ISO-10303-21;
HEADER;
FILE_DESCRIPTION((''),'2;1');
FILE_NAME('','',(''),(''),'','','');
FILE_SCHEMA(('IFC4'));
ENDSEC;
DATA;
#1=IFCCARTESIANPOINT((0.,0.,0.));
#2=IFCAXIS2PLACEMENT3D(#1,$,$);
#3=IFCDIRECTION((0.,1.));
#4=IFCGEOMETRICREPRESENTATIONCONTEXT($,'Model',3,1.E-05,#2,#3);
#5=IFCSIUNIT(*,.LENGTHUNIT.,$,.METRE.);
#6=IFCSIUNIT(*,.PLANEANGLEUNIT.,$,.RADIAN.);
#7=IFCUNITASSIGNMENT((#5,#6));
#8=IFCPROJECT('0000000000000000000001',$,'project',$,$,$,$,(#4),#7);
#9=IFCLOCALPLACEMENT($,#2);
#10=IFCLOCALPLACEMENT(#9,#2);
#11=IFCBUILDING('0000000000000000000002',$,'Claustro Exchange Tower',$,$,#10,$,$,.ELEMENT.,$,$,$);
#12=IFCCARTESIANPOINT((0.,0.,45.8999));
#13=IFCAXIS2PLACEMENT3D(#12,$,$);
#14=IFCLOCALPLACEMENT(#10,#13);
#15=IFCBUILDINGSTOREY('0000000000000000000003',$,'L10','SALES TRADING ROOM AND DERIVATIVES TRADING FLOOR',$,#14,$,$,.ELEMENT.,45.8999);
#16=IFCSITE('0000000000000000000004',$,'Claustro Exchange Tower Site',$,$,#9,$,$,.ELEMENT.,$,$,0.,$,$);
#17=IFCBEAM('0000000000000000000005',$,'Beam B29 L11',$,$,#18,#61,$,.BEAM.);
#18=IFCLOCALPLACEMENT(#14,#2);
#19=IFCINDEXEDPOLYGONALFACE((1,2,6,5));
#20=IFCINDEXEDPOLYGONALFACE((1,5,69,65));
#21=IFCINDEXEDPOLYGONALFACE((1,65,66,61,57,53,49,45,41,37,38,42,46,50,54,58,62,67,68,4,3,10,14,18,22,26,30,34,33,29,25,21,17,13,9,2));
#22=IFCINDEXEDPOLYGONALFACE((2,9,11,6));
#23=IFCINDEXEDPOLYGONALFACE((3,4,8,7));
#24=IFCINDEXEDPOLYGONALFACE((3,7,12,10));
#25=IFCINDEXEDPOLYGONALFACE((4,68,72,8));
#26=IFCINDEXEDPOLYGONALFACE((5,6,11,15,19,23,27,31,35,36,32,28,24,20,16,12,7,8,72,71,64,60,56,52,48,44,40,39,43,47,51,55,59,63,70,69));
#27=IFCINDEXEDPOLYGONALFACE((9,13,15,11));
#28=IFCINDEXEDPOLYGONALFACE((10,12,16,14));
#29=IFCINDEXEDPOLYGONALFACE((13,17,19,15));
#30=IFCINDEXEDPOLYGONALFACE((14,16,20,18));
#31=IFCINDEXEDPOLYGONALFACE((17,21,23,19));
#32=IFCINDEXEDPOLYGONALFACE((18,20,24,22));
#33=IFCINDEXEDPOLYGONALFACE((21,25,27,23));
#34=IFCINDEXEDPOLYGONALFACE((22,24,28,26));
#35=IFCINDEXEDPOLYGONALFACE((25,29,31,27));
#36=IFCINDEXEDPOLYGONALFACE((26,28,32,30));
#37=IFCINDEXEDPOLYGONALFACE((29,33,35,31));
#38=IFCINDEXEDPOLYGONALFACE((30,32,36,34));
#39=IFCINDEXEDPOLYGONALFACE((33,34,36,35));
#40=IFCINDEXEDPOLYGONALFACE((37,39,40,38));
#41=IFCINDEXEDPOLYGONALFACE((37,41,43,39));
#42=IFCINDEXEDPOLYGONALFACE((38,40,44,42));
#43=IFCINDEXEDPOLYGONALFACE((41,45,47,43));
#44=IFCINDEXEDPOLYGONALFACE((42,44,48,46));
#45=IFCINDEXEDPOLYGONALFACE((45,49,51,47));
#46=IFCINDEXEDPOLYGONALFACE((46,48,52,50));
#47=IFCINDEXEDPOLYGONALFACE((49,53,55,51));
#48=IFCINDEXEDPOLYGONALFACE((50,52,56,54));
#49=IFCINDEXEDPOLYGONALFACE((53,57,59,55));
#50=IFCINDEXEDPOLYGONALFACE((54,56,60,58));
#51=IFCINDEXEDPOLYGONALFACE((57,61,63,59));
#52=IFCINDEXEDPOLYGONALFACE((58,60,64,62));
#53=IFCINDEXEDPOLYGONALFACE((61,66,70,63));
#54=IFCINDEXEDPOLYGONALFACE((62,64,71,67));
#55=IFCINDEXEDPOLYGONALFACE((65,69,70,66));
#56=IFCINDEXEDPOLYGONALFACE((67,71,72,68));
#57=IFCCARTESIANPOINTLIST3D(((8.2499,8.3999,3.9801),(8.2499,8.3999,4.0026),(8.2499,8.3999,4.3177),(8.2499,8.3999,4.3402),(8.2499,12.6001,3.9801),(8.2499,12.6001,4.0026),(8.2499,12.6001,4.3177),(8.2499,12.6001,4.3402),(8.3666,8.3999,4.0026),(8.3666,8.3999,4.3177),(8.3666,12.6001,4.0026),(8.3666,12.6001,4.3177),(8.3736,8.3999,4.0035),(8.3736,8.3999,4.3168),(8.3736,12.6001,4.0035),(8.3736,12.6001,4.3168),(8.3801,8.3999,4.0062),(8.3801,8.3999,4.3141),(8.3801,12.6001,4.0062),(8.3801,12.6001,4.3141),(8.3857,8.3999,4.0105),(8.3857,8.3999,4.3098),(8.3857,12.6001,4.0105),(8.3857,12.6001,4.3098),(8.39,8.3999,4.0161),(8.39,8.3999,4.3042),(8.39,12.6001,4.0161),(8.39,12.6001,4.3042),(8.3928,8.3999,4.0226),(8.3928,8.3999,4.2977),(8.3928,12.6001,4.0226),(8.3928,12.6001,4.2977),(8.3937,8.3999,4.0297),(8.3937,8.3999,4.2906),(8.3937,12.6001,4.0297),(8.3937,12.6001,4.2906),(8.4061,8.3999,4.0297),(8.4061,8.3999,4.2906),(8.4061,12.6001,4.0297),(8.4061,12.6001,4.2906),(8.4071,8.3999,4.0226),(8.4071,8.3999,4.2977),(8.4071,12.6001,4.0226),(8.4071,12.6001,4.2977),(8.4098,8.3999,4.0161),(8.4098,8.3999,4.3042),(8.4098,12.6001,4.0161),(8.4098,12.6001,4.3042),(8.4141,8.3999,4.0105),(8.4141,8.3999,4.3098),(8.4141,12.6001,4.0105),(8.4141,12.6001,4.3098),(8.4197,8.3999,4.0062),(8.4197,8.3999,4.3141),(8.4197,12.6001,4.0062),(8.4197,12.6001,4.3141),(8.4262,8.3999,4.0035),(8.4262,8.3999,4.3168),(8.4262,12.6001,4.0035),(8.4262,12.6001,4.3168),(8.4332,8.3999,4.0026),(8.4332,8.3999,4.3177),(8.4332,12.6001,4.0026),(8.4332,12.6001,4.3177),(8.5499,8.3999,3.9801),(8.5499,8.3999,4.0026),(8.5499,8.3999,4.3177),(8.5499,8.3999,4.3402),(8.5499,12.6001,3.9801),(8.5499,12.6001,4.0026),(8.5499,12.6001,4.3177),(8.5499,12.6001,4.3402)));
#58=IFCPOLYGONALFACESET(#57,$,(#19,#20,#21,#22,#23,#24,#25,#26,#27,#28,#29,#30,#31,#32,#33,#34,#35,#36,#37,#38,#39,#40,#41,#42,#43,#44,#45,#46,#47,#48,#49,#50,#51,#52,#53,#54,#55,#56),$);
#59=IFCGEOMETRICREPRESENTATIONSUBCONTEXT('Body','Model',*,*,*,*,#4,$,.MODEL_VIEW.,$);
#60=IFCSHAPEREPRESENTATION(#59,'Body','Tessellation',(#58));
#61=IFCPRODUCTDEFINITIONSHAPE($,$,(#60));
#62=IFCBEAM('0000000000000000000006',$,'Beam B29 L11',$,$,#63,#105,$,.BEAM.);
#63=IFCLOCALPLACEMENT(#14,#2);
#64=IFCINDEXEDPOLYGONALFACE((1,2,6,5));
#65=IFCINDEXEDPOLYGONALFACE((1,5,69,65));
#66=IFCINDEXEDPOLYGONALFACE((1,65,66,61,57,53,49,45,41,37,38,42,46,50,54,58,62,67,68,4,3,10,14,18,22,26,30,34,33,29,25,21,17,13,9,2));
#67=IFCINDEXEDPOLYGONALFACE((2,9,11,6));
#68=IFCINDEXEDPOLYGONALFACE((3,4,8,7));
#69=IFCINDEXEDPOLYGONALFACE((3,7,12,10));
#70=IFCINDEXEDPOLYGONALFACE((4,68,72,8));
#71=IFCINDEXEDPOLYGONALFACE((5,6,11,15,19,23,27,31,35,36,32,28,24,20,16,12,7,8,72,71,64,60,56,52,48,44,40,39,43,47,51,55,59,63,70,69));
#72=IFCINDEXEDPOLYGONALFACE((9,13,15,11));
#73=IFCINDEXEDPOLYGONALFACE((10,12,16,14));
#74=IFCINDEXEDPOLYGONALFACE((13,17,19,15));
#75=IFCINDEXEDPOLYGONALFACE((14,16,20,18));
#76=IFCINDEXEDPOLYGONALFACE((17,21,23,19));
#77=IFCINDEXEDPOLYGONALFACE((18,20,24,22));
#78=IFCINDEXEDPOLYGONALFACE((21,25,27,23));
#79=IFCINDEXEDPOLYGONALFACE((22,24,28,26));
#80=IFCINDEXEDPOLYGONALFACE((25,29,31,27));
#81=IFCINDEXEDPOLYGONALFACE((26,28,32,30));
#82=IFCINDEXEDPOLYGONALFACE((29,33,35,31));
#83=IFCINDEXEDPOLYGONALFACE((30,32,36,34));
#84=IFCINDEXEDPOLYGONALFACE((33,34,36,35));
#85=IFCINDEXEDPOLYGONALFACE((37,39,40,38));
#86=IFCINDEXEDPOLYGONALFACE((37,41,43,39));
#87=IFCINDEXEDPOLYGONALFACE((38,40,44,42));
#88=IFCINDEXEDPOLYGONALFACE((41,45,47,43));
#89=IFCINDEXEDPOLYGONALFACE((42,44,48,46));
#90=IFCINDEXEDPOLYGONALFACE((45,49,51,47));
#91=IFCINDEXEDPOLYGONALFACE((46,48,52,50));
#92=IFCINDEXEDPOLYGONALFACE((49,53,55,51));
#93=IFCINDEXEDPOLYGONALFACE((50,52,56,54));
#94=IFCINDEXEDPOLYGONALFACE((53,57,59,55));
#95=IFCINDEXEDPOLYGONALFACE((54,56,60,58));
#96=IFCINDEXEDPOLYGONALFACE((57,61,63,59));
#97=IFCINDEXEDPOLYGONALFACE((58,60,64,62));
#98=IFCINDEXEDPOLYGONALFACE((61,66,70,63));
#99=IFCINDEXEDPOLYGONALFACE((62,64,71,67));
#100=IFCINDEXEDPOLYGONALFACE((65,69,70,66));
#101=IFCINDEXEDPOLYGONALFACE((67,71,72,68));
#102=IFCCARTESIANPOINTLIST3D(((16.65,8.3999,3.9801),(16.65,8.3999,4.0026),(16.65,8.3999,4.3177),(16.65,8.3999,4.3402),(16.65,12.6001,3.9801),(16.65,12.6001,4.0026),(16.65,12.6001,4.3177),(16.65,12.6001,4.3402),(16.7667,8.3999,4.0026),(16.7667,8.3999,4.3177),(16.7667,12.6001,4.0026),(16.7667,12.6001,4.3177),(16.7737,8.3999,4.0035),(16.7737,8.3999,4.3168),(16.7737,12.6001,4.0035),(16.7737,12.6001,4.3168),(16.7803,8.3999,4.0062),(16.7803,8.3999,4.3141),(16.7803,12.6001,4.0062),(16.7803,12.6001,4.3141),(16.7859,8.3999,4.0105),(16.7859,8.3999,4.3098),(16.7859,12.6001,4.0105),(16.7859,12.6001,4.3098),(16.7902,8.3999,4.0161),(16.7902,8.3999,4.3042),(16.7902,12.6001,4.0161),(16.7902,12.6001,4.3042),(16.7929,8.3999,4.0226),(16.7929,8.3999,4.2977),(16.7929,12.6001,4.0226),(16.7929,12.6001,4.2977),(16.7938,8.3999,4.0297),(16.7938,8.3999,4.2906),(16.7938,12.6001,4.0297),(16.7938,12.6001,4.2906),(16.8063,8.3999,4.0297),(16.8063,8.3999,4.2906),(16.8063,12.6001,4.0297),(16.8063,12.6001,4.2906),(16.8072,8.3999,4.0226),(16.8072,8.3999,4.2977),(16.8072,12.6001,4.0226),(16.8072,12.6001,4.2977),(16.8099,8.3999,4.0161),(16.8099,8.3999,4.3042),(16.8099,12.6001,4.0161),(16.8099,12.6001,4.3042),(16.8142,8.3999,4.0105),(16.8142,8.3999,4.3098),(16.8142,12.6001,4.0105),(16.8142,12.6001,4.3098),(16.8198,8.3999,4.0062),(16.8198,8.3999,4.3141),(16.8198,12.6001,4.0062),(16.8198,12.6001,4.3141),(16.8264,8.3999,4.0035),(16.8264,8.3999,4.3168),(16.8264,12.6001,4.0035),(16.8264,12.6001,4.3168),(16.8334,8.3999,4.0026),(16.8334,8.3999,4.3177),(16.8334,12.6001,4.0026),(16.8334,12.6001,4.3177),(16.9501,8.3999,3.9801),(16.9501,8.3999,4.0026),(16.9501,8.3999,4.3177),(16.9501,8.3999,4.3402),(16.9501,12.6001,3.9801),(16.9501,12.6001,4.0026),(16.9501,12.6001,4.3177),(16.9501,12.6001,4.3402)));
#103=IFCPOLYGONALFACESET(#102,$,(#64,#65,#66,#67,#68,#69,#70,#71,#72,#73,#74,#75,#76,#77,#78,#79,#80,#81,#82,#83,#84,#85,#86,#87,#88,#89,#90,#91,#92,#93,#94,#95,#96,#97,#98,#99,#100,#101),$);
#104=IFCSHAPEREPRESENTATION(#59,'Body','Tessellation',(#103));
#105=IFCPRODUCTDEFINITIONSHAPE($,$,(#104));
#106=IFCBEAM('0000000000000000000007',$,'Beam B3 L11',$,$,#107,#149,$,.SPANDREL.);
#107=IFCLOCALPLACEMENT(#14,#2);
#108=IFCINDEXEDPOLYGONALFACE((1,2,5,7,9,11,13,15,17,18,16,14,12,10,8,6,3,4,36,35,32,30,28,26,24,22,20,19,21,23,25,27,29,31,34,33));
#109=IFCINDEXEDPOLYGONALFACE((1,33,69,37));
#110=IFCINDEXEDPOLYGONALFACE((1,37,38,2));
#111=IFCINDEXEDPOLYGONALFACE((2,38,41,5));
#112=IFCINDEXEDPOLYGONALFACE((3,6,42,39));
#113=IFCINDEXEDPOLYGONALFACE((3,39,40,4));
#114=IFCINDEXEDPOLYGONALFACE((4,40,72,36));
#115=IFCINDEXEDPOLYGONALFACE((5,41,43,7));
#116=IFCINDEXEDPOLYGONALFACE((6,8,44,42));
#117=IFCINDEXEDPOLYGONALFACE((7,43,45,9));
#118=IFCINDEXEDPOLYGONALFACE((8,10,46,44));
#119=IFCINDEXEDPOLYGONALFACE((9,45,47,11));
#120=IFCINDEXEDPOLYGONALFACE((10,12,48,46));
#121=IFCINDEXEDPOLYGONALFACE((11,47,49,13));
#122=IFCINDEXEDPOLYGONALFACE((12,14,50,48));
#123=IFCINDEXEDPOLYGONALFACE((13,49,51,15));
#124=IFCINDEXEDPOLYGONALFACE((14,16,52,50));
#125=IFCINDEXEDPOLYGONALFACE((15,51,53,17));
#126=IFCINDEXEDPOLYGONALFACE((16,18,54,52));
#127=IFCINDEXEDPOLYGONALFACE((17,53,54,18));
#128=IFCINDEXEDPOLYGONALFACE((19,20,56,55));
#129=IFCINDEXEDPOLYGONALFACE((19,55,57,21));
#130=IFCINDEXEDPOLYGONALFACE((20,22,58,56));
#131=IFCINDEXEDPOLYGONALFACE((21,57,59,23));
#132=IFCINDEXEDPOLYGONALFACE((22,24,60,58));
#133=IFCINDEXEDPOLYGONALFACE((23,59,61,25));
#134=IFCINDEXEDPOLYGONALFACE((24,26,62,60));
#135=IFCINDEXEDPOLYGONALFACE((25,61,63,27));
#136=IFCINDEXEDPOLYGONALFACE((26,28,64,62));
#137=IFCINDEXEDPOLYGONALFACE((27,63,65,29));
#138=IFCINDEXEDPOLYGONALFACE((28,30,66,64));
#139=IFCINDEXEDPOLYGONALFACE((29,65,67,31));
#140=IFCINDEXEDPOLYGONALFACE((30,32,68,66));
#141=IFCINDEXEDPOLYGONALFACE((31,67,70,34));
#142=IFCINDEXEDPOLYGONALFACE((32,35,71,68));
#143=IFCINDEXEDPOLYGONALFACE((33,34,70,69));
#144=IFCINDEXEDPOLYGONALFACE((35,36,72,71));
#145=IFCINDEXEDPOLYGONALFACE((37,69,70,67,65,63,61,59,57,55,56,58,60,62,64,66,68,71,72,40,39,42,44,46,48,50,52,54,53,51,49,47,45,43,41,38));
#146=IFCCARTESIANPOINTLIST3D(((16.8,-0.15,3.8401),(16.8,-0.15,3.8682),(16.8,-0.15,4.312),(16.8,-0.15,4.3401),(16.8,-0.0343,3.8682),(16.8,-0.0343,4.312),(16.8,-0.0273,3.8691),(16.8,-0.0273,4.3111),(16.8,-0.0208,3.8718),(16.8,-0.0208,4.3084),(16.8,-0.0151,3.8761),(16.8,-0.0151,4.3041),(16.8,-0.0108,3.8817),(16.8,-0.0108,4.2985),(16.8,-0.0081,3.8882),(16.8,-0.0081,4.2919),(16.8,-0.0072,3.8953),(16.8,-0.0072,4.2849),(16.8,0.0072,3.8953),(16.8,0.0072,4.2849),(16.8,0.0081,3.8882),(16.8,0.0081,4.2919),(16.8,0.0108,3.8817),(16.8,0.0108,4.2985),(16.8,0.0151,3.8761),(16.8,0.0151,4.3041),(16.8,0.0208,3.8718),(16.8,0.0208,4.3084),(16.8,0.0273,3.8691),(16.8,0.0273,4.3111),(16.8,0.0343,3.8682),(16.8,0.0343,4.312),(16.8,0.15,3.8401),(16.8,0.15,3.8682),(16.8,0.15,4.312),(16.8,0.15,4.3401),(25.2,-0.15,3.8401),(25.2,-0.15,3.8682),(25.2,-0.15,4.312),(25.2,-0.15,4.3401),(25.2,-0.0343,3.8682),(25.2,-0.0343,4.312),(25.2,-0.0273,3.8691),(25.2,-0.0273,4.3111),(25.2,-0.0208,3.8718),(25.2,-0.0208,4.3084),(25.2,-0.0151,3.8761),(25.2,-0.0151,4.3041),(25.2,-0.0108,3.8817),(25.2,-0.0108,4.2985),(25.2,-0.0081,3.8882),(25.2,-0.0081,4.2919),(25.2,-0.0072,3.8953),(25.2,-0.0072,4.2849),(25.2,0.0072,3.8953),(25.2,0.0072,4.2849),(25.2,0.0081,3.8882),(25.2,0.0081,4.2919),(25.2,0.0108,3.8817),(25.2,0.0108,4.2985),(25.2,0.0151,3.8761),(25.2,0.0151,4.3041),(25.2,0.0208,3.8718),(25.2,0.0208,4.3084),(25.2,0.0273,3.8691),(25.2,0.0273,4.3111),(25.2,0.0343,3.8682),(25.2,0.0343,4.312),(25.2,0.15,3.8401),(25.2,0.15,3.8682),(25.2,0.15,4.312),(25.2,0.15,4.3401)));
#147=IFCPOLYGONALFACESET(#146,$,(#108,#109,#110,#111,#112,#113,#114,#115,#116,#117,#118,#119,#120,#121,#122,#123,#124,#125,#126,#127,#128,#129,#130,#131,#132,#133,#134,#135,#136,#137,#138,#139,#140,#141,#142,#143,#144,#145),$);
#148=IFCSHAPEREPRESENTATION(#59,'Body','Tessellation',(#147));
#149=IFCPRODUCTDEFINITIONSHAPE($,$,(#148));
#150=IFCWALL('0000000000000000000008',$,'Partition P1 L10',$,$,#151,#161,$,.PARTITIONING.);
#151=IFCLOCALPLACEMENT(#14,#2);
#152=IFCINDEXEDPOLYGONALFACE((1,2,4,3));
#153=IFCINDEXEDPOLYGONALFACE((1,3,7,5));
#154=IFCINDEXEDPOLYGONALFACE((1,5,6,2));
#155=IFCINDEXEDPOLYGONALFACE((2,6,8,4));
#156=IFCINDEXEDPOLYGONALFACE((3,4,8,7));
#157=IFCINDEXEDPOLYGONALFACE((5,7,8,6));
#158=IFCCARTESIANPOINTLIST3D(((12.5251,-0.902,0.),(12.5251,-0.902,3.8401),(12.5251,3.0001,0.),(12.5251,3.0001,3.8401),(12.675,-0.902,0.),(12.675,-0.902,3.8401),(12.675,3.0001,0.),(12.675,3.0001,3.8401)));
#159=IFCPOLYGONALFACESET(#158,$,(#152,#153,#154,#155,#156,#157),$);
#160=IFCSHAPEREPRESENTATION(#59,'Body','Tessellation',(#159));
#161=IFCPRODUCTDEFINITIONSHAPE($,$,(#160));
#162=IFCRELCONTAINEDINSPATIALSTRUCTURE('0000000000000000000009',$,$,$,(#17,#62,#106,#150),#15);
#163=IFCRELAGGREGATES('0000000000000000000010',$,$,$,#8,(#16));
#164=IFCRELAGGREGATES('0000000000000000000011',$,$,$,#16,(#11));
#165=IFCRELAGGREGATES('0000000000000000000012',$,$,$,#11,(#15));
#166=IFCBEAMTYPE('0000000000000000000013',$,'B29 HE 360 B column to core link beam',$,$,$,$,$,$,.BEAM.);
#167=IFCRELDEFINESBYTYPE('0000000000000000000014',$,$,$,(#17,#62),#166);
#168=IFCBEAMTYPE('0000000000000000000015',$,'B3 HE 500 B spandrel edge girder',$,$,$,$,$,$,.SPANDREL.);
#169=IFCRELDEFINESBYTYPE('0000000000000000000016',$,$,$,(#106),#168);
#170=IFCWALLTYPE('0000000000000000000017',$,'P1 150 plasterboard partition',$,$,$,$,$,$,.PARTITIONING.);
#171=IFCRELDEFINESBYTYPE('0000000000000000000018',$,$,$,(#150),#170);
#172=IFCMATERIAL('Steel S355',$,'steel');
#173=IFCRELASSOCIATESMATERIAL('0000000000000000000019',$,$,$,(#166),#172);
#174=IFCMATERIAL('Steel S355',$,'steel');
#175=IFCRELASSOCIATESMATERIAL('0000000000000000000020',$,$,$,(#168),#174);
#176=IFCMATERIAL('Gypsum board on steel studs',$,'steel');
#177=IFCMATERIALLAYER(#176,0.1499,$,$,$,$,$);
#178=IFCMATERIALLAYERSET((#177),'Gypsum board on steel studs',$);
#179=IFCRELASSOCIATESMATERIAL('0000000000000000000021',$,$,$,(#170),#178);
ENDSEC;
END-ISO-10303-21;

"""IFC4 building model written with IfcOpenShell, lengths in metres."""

from ifc_helpers import new_model, si_unit, direction, frame, frame_2d, origin, origin_2d, place, context, subcontext, project, spatial, rectangle, i_section, extrude, material, layer, layer_set, material_profile, profile_set, type_object, element, save


model = new_model("IFC4")

# Units and contexts
model_context = context("Model", 3, precision=1e-05, world=origin(), true_north=direction((0.0, 1.0)))
body_context = subcontext(model_context, "Body", "Model", "MODEL_VIEW")
ifc_project = project(units=[si_unit("LENGTHUNIT", "METRE"), si_unit("PLANEANGLEUNIT", "RADIAN")], contexts=[model_context])

# Site, building, storey
site_placement = place(None, origin())
site = spatial("IfcSite", under=ifc_project, at=site_placement, Name="Claustro Exchange Tower Site", CompositionType="ELEMENT", RefElevation=0.0)
building_placement = place(site_placement, origin())
building = spatial("IfcBuilding", under=site, at=building_placement, Name="Claustro Exchange Tower", CompositionType="ELEMENT")
storey_placement = place(building_placement, frame((0.0, 0.0, 45.8999)))
storey = spatial("IfcBuildingStorey", under=building, at=storey_placement, Name="L10", Description="SALES TRADING ROOM AND DERIVATIVES TRADING FLOOR", CompositionType="ELEMENT", Elevation=45.8999)

# Beams
ifc_material_1 = material(Name="Steel S355", Category="steel")
ifc_material_profile_1 = material_profile(ifc_material_1, i_section(OverallWidth=0.3, OverallDepth=0.3601, WebThickness=0.0125, FlangeThickness=0.0225, FilletRadius=0.0271, at=origin_2d()), Name="HE 360 B")
ifc_profile_set_1 = profile_set([ifc_material_profile_1], Name="Steel S355")
beam_type_1 = type_object("IfcBeamType", Name="B29 HE 360 B column to core link beam", PredefinedType="BEAM", material=ifc_profile_set_1)
for number, where, z_axis, x_axis, name in (
    (1, (8.3999, 8.3999, 4.1602), (0.0, 1.0, 0.0), (-1.0, 0.0, 0.0), "Beam B29 L11"),
    (2, (16.8, 8.3999, 4.1602), (0.0, 1.0, 0.0), (-1.0, 0.0, 0.0), "Beam B29 L11"),
):
    element("IfcBeam", number, at=place(storey_placement, frame(where, z_axis=z_axis, x_axis=x_axis)), inside=storey, type_object=beam_type_1, Name=name, PredefinedType="BEAM", context=body_context, shape_type="SweptSolid", body=[
        extrude(i_section(OverallWidth=0.3, OverallDepth=0.3601, WebThickness=0.0125, FlangeThickness=0.0225, FilletRadius=0.0271, at=origin_2d()), origin(), (0.0, 0.0, 1.0), 4.2002),
    ])
ifc_material_2 = material(Name="Steel S355", Category="steel")
ifc_material_profile_2 = material_profile(ifc_material_2, i_section(OverallWidth=0.3, OverallDepth=0.5, WebThickness=0.0144, FlangeThickness=0.0281, FilletRadius=0.0271, at=origin_2d()), Name="HE 500 B")
ifc_profile_set_2 = profile_set([ifc_material_profile_2], Name="Steel S355")
beam_type_2 = type_object("IfcBeamType", Name="B3 HE 500 B spandrel edge girder", PredefinedType="SPANDREL", material=ifc_profile_set_2)
beam_1_placement = place(storey_placement, frame((16.8, 0.0, 4.0901), z_axis=(1.0, 0.0, 0.0), x_axis=(0.0, 1.0, 0.0)))
element("IfcBeam", 3, at=beam_1_placement, inside=storey, type_object=beam_type_2, Name="Beam B3 L11", PredefinedType="SPANDREL", context=body_context, shape_type="SweptSolid", body=[
    extrude(i_section(OverallWidth=0.3, OverallDepth=0.5, WebThickness=0.0144, FlangeThickness=0.0281, FilletRadius=0.0271, at=origin_2d()), origin(), (0.0, 0.0, 1.0), 8.3999),
])

# Wall
ifc_material_3 = material(Name="Gypsum board on steel studs", Category="steel")
ifc_layer_1 = layer(ifc_material_3, 0.1499)
ifc_layer_set_1 = layer_set([ifc_layer_1], Name="Gypsum board on steel studs")
wall_type_1 = type_object("IfcWallType", Name="P1 150 plasterboard partition", PredefinedType="PARTITIONING", material=ifc_layer_set_1)
wall_1_placement = place(storey_placement, frame((12.6001, -0.9021, 0.0), z_axis=(0.0, 0.0, 1.0), x_axis=(0.0, 1.0, 0.0)))
element("IfcWall", 4, at=wall_1_placement, inside=storey, type_object=wall_type_1, Name="Partition P1 L10", PredefinedType="PARTITIONING", context=body_context, shape_type="SweptSolid", body=[
    extrude(rectangle(XDim=3.9021, YDim=0.1499, at=frame_2d((1.9512, 0.0))), origin(), (0.0, 0.0, 1.0), 3.8401),
])

save(model, "model.ifc")
